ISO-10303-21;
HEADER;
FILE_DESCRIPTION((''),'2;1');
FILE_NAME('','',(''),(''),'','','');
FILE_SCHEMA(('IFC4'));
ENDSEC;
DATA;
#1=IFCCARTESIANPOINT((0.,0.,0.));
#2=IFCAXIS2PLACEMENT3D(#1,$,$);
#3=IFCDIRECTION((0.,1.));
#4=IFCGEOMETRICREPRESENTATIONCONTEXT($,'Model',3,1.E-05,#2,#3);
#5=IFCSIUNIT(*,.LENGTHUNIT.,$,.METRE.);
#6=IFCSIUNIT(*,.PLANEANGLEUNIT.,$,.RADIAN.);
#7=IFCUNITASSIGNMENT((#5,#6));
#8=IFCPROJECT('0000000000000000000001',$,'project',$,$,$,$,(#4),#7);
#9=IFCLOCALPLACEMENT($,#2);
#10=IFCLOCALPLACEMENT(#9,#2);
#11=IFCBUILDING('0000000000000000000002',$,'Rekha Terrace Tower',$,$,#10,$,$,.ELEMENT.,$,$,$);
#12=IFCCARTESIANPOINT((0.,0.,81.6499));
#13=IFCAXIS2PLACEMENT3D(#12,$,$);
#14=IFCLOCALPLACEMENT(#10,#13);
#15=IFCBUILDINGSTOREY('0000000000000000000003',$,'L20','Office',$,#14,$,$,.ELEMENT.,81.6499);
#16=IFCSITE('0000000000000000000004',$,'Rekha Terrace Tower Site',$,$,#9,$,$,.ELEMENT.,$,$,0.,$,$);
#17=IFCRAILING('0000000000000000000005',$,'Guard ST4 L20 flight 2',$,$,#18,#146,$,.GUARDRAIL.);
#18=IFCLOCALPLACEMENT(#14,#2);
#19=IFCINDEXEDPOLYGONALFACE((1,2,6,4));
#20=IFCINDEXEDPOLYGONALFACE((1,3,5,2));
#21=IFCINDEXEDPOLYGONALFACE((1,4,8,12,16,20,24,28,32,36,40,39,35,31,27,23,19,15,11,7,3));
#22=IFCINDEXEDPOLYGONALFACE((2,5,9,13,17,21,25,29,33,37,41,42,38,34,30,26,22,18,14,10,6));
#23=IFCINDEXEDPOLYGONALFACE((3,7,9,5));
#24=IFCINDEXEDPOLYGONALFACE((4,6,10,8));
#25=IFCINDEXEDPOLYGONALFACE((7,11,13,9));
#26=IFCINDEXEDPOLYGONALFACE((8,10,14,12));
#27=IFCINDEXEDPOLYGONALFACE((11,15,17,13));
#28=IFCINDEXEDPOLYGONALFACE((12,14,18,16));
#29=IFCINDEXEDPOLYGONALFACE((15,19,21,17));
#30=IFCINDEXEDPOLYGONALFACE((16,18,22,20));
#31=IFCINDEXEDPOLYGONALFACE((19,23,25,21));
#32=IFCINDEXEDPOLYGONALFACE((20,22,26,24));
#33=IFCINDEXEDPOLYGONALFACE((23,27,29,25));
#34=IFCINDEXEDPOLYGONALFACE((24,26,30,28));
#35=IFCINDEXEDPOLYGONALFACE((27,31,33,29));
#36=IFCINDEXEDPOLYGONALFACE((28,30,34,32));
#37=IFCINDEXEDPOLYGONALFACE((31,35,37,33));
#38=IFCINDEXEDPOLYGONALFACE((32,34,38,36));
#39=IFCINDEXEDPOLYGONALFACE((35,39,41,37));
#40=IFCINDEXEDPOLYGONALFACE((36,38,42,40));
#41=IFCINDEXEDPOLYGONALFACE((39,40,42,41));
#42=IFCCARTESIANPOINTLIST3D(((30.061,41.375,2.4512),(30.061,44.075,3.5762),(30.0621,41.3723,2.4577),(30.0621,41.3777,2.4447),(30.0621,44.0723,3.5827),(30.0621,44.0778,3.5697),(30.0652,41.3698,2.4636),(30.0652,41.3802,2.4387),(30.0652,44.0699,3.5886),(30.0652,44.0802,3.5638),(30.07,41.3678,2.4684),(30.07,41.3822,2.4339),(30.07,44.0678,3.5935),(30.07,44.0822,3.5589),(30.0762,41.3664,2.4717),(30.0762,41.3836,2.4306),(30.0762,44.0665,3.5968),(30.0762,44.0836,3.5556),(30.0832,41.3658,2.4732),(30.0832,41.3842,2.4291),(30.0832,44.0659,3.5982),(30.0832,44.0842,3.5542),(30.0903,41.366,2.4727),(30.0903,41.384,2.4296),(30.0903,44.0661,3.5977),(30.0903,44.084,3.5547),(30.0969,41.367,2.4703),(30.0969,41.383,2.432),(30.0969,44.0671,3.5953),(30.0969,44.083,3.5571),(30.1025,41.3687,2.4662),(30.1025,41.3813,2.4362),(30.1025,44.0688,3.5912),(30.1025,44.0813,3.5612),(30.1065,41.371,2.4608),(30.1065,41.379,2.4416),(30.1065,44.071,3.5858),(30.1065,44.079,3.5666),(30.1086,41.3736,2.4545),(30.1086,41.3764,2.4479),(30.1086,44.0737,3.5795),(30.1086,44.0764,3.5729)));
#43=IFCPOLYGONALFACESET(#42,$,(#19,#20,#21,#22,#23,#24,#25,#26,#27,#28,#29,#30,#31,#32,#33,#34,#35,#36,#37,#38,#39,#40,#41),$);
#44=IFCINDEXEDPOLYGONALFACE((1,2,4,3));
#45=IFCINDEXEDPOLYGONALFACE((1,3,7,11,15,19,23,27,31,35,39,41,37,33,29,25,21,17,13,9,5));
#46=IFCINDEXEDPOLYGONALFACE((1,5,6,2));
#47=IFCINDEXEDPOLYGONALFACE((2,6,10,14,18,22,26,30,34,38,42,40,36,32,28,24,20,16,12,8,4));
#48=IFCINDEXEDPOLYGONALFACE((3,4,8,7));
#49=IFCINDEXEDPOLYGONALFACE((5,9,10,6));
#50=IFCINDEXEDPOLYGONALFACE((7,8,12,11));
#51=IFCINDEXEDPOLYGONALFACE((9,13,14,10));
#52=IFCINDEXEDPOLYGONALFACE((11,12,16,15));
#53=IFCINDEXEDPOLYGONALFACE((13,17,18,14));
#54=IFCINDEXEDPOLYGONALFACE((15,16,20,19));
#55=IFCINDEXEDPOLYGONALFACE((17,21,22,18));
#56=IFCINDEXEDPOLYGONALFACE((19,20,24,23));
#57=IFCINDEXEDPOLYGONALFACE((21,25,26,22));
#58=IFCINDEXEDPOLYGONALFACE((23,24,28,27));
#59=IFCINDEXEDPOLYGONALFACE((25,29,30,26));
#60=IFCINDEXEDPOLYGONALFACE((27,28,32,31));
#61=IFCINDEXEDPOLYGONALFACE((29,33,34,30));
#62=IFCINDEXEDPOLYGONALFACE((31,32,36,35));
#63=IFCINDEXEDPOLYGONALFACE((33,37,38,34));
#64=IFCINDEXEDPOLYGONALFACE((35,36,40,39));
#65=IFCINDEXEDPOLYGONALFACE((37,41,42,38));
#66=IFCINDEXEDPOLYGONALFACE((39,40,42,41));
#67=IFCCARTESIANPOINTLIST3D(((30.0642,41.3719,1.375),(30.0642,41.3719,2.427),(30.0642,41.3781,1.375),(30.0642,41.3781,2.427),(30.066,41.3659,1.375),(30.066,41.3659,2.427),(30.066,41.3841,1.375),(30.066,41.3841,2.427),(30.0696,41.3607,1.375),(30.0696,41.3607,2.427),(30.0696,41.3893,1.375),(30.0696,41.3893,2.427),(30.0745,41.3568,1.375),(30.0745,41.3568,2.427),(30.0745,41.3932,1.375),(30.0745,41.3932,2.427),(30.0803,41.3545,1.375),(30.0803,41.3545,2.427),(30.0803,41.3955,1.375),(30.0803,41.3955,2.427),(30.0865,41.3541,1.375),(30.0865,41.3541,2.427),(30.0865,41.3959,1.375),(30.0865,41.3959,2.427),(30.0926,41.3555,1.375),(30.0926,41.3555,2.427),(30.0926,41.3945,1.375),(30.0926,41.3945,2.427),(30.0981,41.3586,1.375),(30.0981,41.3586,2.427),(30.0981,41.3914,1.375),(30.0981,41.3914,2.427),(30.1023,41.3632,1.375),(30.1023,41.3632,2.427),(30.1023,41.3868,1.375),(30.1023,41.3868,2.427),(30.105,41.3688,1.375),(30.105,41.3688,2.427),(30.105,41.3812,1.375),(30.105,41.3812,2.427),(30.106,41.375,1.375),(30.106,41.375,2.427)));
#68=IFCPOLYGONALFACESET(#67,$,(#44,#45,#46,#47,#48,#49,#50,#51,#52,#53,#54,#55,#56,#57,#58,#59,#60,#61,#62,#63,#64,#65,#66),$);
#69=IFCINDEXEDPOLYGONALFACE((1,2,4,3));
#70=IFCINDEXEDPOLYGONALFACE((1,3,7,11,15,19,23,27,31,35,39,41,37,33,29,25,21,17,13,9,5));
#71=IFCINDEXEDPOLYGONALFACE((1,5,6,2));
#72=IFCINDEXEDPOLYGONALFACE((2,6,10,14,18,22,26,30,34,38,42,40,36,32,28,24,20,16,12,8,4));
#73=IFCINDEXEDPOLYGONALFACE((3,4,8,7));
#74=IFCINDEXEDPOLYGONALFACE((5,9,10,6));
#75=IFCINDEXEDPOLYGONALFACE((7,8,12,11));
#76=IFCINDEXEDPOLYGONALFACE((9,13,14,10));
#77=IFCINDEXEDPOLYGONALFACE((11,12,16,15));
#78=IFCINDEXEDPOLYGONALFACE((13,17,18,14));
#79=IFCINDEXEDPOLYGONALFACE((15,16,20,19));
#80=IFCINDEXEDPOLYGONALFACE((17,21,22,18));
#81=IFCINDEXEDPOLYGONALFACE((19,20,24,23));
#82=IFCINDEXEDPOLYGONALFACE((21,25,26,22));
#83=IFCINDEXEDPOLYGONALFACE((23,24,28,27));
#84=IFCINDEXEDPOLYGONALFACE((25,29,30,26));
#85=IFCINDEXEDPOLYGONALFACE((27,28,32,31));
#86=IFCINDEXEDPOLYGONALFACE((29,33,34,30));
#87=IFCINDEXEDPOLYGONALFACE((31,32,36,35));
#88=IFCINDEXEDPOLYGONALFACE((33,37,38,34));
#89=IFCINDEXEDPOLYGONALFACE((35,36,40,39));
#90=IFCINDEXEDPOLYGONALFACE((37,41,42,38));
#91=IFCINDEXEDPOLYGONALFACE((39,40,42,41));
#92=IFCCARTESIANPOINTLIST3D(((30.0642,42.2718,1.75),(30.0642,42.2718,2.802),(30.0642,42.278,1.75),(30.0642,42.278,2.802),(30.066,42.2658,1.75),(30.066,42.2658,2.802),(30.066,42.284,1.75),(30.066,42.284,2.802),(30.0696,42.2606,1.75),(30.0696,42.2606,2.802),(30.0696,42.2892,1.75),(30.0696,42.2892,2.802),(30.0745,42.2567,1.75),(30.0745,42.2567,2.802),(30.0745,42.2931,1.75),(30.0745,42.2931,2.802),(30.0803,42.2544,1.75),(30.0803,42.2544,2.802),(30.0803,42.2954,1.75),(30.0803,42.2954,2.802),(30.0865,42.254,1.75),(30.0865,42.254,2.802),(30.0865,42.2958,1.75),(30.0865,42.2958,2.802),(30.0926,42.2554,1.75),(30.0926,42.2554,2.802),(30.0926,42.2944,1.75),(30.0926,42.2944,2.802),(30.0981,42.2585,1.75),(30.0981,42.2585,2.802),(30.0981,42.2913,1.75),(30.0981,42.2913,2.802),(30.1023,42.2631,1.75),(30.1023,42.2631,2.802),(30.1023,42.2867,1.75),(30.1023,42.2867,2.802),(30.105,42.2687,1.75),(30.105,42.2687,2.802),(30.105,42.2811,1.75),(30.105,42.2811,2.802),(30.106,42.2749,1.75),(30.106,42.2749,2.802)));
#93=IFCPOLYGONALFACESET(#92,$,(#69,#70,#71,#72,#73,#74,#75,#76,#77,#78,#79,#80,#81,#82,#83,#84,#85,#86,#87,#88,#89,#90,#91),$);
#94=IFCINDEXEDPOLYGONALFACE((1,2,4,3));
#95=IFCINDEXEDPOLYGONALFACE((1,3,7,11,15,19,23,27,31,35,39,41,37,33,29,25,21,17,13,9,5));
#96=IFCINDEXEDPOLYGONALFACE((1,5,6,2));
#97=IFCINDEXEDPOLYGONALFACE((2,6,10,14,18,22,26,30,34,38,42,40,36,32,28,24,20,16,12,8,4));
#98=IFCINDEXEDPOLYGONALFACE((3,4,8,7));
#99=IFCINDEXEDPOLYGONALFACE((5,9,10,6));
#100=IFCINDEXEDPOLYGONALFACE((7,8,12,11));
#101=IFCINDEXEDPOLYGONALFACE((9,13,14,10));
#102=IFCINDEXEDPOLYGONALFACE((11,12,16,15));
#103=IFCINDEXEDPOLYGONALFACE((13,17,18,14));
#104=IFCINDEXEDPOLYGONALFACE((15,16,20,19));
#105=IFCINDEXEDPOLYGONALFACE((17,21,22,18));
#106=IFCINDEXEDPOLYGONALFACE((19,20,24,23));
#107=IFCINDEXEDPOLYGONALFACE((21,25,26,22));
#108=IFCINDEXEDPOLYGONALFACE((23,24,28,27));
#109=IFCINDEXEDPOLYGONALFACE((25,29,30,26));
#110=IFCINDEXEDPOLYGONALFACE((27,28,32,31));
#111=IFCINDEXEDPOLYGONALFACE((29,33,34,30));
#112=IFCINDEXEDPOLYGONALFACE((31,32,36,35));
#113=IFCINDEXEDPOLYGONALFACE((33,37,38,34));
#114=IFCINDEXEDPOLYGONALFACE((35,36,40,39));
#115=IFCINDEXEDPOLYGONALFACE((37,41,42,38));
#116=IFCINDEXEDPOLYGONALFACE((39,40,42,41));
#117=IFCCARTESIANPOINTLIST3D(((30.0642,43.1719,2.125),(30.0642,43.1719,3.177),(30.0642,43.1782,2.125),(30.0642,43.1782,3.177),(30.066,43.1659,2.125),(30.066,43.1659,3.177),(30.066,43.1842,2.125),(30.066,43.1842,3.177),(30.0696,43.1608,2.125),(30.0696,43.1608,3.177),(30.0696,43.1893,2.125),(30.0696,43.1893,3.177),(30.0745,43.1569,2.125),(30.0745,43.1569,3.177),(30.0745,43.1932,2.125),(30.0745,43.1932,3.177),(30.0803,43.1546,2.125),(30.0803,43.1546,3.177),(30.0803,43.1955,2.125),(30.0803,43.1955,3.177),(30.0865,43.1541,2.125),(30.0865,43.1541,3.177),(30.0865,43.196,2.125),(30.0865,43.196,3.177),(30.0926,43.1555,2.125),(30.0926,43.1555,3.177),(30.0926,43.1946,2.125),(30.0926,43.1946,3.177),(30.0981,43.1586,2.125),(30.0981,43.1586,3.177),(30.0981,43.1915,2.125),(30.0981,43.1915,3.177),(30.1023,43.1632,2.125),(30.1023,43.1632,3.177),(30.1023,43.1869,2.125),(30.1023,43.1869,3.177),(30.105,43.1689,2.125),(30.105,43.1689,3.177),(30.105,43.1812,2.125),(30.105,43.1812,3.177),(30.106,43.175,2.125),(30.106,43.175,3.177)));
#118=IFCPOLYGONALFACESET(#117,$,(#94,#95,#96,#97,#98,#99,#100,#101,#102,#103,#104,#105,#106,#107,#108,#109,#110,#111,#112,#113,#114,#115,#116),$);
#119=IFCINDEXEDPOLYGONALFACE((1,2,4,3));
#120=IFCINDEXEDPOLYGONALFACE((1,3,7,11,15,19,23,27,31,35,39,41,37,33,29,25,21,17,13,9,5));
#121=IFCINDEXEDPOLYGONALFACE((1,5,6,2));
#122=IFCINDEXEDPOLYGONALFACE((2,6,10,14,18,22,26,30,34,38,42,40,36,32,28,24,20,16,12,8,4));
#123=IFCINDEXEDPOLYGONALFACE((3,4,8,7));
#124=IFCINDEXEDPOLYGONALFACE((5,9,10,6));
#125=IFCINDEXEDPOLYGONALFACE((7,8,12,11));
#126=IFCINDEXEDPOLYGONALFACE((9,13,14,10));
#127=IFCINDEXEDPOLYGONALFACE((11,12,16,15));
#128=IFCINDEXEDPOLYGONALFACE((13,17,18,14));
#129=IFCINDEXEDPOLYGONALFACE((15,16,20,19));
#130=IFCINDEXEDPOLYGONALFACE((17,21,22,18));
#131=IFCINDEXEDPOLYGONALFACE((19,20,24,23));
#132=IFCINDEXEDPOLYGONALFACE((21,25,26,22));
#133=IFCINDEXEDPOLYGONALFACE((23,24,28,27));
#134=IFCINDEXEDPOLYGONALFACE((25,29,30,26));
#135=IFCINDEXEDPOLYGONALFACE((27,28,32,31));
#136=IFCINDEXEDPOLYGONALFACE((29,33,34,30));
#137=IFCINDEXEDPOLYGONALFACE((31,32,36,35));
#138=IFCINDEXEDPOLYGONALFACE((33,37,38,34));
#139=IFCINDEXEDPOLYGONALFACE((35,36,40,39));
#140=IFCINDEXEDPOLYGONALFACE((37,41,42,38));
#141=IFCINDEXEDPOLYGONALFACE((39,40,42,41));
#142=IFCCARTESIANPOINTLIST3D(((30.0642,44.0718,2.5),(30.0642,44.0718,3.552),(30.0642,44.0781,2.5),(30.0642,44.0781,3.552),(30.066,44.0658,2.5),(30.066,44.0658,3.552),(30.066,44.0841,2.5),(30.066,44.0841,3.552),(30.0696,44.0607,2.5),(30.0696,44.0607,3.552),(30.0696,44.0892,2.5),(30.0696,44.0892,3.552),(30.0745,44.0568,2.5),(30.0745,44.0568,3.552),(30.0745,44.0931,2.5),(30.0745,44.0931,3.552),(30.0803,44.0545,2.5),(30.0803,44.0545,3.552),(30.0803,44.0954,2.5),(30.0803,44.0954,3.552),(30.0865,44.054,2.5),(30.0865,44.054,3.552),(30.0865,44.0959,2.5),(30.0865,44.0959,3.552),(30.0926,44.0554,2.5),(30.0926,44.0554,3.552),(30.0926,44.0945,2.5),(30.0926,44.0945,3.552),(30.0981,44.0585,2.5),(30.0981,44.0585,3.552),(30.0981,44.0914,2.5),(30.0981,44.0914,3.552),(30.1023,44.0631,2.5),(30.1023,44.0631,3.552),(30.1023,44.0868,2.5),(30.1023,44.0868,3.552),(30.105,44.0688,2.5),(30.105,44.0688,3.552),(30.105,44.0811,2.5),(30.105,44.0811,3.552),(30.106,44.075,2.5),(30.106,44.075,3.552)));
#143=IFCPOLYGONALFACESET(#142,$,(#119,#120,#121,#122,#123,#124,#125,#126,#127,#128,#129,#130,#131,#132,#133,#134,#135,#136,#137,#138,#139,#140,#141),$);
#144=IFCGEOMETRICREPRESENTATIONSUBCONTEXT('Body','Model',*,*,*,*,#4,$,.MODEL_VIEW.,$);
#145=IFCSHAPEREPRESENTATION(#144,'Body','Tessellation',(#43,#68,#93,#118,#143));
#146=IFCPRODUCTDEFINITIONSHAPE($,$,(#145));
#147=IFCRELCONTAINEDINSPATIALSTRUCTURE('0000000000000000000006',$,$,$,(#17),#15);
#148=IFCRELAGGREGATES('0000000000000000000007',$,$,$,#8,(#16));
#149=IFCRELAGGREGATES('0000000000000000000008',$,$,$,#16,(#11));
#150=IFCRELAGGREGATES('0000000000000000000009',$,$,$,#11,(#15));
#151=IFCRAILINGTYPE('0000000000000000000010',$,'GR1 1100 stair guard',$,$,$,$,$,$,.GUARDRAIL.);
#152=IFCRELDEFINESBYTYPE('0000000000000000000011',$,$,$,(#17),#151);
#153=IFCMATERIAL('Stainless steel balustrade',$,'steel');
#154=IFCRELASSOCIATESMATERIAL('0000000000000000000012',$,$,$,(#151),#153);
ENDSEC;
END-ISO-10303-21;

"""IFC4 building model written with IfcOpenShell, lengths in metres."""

from ifc_helpers import new_model, si_unit, direction, frame, origin, origin_2d, place, context, subcontext, project, spatial, circle, extrude, material, type_object, element, save


model = new_model("IFC4")

# Units and contexts
model_context = context("Model", 3, precision=1e-05, world=origin(), true_north=direction((0.0, 1.0)))
body_context = subcontext(model_context, "Body", "Model", "MODEL_VIEW")
ifc_project = project(units=[si_unit("LENGTHUNIT", "METRE"), si_unit("PLANEANGLEUNIT", "RADIAN")], contexts=[model_context])

# Site, building, storey
site_placement = place(None, origin())
site = spatial("IfcSite", under=ifc_project, at=site_placement, Name="Rekha Terrace Tower Site", CompositionType="ELEMENT", RefElevation=0.0)
building_placement = place(site_placement, origin())
building = spatial("IfcBuilding", under=site, at=building_placement, Name="Rekha Terrace Tower", CompositionType="ELEMENT")
storey_placement = place(building_placement, frame((0.0, 0.0, 81.6499)))
storey = spatial("IfcBuildingStorey", under=building, at=storey_placement, Name="L20", Description="Office", CompositionType="ELEMENT", Elevation=81.6499)

# Railing
ifc_material_1 = material(Name="Stainless steel balustrade", Category="steel")
railing_type_1 = type_object("IfcRailingType", Name="GR1 1100 stair guard", PredefinedType="GUARDRAIL", material=ifc_material_1)
railing_1_placement = place(storey_placement, frame((30.085, 41.375, 1.375)))
element("IfcRailing", 1, at=railing_1_placement, inside=storey, type_object=railing_type_1, Name="Guard ST4 L20 flight 2", PredefinedType="GUARDRAIL", context=body_context, shape_type="SweptSolid", body=[
    extrude(circle(Radius=0.0239, at=origin_2d()), frame((0.0, 0.0, 1.0762), z_axis=(0.0, 0.923074, 0.384621), x_axis=(-1.0, 0.0, 0.0)), (0.0, 0.0, 1.0), 2.925),
    extrude(circle(Radius=0.021, at=origin_2d()), origin(), (0.0, 0.0, 1.0), 1.052),
    extrude(circle(Radius=0.021, at=origin_2d()), frame((0.0, 0.8999, 0.375)), (0.0, 0.0, 1.0), 1.052),
    extrude(circle(Radius=0.021, at=origin_2d()), frame((0.0, 1.8, 0.75)), (0.0, 0.0, 1.0), 1.052),
    extrude(circle(Radius=0.021, at=origin_2d()), frame((0.0, 2.7, 1.125)), (0.0, 0.0, 1.0), 1.052),
])

save(model, "model.ifc")
